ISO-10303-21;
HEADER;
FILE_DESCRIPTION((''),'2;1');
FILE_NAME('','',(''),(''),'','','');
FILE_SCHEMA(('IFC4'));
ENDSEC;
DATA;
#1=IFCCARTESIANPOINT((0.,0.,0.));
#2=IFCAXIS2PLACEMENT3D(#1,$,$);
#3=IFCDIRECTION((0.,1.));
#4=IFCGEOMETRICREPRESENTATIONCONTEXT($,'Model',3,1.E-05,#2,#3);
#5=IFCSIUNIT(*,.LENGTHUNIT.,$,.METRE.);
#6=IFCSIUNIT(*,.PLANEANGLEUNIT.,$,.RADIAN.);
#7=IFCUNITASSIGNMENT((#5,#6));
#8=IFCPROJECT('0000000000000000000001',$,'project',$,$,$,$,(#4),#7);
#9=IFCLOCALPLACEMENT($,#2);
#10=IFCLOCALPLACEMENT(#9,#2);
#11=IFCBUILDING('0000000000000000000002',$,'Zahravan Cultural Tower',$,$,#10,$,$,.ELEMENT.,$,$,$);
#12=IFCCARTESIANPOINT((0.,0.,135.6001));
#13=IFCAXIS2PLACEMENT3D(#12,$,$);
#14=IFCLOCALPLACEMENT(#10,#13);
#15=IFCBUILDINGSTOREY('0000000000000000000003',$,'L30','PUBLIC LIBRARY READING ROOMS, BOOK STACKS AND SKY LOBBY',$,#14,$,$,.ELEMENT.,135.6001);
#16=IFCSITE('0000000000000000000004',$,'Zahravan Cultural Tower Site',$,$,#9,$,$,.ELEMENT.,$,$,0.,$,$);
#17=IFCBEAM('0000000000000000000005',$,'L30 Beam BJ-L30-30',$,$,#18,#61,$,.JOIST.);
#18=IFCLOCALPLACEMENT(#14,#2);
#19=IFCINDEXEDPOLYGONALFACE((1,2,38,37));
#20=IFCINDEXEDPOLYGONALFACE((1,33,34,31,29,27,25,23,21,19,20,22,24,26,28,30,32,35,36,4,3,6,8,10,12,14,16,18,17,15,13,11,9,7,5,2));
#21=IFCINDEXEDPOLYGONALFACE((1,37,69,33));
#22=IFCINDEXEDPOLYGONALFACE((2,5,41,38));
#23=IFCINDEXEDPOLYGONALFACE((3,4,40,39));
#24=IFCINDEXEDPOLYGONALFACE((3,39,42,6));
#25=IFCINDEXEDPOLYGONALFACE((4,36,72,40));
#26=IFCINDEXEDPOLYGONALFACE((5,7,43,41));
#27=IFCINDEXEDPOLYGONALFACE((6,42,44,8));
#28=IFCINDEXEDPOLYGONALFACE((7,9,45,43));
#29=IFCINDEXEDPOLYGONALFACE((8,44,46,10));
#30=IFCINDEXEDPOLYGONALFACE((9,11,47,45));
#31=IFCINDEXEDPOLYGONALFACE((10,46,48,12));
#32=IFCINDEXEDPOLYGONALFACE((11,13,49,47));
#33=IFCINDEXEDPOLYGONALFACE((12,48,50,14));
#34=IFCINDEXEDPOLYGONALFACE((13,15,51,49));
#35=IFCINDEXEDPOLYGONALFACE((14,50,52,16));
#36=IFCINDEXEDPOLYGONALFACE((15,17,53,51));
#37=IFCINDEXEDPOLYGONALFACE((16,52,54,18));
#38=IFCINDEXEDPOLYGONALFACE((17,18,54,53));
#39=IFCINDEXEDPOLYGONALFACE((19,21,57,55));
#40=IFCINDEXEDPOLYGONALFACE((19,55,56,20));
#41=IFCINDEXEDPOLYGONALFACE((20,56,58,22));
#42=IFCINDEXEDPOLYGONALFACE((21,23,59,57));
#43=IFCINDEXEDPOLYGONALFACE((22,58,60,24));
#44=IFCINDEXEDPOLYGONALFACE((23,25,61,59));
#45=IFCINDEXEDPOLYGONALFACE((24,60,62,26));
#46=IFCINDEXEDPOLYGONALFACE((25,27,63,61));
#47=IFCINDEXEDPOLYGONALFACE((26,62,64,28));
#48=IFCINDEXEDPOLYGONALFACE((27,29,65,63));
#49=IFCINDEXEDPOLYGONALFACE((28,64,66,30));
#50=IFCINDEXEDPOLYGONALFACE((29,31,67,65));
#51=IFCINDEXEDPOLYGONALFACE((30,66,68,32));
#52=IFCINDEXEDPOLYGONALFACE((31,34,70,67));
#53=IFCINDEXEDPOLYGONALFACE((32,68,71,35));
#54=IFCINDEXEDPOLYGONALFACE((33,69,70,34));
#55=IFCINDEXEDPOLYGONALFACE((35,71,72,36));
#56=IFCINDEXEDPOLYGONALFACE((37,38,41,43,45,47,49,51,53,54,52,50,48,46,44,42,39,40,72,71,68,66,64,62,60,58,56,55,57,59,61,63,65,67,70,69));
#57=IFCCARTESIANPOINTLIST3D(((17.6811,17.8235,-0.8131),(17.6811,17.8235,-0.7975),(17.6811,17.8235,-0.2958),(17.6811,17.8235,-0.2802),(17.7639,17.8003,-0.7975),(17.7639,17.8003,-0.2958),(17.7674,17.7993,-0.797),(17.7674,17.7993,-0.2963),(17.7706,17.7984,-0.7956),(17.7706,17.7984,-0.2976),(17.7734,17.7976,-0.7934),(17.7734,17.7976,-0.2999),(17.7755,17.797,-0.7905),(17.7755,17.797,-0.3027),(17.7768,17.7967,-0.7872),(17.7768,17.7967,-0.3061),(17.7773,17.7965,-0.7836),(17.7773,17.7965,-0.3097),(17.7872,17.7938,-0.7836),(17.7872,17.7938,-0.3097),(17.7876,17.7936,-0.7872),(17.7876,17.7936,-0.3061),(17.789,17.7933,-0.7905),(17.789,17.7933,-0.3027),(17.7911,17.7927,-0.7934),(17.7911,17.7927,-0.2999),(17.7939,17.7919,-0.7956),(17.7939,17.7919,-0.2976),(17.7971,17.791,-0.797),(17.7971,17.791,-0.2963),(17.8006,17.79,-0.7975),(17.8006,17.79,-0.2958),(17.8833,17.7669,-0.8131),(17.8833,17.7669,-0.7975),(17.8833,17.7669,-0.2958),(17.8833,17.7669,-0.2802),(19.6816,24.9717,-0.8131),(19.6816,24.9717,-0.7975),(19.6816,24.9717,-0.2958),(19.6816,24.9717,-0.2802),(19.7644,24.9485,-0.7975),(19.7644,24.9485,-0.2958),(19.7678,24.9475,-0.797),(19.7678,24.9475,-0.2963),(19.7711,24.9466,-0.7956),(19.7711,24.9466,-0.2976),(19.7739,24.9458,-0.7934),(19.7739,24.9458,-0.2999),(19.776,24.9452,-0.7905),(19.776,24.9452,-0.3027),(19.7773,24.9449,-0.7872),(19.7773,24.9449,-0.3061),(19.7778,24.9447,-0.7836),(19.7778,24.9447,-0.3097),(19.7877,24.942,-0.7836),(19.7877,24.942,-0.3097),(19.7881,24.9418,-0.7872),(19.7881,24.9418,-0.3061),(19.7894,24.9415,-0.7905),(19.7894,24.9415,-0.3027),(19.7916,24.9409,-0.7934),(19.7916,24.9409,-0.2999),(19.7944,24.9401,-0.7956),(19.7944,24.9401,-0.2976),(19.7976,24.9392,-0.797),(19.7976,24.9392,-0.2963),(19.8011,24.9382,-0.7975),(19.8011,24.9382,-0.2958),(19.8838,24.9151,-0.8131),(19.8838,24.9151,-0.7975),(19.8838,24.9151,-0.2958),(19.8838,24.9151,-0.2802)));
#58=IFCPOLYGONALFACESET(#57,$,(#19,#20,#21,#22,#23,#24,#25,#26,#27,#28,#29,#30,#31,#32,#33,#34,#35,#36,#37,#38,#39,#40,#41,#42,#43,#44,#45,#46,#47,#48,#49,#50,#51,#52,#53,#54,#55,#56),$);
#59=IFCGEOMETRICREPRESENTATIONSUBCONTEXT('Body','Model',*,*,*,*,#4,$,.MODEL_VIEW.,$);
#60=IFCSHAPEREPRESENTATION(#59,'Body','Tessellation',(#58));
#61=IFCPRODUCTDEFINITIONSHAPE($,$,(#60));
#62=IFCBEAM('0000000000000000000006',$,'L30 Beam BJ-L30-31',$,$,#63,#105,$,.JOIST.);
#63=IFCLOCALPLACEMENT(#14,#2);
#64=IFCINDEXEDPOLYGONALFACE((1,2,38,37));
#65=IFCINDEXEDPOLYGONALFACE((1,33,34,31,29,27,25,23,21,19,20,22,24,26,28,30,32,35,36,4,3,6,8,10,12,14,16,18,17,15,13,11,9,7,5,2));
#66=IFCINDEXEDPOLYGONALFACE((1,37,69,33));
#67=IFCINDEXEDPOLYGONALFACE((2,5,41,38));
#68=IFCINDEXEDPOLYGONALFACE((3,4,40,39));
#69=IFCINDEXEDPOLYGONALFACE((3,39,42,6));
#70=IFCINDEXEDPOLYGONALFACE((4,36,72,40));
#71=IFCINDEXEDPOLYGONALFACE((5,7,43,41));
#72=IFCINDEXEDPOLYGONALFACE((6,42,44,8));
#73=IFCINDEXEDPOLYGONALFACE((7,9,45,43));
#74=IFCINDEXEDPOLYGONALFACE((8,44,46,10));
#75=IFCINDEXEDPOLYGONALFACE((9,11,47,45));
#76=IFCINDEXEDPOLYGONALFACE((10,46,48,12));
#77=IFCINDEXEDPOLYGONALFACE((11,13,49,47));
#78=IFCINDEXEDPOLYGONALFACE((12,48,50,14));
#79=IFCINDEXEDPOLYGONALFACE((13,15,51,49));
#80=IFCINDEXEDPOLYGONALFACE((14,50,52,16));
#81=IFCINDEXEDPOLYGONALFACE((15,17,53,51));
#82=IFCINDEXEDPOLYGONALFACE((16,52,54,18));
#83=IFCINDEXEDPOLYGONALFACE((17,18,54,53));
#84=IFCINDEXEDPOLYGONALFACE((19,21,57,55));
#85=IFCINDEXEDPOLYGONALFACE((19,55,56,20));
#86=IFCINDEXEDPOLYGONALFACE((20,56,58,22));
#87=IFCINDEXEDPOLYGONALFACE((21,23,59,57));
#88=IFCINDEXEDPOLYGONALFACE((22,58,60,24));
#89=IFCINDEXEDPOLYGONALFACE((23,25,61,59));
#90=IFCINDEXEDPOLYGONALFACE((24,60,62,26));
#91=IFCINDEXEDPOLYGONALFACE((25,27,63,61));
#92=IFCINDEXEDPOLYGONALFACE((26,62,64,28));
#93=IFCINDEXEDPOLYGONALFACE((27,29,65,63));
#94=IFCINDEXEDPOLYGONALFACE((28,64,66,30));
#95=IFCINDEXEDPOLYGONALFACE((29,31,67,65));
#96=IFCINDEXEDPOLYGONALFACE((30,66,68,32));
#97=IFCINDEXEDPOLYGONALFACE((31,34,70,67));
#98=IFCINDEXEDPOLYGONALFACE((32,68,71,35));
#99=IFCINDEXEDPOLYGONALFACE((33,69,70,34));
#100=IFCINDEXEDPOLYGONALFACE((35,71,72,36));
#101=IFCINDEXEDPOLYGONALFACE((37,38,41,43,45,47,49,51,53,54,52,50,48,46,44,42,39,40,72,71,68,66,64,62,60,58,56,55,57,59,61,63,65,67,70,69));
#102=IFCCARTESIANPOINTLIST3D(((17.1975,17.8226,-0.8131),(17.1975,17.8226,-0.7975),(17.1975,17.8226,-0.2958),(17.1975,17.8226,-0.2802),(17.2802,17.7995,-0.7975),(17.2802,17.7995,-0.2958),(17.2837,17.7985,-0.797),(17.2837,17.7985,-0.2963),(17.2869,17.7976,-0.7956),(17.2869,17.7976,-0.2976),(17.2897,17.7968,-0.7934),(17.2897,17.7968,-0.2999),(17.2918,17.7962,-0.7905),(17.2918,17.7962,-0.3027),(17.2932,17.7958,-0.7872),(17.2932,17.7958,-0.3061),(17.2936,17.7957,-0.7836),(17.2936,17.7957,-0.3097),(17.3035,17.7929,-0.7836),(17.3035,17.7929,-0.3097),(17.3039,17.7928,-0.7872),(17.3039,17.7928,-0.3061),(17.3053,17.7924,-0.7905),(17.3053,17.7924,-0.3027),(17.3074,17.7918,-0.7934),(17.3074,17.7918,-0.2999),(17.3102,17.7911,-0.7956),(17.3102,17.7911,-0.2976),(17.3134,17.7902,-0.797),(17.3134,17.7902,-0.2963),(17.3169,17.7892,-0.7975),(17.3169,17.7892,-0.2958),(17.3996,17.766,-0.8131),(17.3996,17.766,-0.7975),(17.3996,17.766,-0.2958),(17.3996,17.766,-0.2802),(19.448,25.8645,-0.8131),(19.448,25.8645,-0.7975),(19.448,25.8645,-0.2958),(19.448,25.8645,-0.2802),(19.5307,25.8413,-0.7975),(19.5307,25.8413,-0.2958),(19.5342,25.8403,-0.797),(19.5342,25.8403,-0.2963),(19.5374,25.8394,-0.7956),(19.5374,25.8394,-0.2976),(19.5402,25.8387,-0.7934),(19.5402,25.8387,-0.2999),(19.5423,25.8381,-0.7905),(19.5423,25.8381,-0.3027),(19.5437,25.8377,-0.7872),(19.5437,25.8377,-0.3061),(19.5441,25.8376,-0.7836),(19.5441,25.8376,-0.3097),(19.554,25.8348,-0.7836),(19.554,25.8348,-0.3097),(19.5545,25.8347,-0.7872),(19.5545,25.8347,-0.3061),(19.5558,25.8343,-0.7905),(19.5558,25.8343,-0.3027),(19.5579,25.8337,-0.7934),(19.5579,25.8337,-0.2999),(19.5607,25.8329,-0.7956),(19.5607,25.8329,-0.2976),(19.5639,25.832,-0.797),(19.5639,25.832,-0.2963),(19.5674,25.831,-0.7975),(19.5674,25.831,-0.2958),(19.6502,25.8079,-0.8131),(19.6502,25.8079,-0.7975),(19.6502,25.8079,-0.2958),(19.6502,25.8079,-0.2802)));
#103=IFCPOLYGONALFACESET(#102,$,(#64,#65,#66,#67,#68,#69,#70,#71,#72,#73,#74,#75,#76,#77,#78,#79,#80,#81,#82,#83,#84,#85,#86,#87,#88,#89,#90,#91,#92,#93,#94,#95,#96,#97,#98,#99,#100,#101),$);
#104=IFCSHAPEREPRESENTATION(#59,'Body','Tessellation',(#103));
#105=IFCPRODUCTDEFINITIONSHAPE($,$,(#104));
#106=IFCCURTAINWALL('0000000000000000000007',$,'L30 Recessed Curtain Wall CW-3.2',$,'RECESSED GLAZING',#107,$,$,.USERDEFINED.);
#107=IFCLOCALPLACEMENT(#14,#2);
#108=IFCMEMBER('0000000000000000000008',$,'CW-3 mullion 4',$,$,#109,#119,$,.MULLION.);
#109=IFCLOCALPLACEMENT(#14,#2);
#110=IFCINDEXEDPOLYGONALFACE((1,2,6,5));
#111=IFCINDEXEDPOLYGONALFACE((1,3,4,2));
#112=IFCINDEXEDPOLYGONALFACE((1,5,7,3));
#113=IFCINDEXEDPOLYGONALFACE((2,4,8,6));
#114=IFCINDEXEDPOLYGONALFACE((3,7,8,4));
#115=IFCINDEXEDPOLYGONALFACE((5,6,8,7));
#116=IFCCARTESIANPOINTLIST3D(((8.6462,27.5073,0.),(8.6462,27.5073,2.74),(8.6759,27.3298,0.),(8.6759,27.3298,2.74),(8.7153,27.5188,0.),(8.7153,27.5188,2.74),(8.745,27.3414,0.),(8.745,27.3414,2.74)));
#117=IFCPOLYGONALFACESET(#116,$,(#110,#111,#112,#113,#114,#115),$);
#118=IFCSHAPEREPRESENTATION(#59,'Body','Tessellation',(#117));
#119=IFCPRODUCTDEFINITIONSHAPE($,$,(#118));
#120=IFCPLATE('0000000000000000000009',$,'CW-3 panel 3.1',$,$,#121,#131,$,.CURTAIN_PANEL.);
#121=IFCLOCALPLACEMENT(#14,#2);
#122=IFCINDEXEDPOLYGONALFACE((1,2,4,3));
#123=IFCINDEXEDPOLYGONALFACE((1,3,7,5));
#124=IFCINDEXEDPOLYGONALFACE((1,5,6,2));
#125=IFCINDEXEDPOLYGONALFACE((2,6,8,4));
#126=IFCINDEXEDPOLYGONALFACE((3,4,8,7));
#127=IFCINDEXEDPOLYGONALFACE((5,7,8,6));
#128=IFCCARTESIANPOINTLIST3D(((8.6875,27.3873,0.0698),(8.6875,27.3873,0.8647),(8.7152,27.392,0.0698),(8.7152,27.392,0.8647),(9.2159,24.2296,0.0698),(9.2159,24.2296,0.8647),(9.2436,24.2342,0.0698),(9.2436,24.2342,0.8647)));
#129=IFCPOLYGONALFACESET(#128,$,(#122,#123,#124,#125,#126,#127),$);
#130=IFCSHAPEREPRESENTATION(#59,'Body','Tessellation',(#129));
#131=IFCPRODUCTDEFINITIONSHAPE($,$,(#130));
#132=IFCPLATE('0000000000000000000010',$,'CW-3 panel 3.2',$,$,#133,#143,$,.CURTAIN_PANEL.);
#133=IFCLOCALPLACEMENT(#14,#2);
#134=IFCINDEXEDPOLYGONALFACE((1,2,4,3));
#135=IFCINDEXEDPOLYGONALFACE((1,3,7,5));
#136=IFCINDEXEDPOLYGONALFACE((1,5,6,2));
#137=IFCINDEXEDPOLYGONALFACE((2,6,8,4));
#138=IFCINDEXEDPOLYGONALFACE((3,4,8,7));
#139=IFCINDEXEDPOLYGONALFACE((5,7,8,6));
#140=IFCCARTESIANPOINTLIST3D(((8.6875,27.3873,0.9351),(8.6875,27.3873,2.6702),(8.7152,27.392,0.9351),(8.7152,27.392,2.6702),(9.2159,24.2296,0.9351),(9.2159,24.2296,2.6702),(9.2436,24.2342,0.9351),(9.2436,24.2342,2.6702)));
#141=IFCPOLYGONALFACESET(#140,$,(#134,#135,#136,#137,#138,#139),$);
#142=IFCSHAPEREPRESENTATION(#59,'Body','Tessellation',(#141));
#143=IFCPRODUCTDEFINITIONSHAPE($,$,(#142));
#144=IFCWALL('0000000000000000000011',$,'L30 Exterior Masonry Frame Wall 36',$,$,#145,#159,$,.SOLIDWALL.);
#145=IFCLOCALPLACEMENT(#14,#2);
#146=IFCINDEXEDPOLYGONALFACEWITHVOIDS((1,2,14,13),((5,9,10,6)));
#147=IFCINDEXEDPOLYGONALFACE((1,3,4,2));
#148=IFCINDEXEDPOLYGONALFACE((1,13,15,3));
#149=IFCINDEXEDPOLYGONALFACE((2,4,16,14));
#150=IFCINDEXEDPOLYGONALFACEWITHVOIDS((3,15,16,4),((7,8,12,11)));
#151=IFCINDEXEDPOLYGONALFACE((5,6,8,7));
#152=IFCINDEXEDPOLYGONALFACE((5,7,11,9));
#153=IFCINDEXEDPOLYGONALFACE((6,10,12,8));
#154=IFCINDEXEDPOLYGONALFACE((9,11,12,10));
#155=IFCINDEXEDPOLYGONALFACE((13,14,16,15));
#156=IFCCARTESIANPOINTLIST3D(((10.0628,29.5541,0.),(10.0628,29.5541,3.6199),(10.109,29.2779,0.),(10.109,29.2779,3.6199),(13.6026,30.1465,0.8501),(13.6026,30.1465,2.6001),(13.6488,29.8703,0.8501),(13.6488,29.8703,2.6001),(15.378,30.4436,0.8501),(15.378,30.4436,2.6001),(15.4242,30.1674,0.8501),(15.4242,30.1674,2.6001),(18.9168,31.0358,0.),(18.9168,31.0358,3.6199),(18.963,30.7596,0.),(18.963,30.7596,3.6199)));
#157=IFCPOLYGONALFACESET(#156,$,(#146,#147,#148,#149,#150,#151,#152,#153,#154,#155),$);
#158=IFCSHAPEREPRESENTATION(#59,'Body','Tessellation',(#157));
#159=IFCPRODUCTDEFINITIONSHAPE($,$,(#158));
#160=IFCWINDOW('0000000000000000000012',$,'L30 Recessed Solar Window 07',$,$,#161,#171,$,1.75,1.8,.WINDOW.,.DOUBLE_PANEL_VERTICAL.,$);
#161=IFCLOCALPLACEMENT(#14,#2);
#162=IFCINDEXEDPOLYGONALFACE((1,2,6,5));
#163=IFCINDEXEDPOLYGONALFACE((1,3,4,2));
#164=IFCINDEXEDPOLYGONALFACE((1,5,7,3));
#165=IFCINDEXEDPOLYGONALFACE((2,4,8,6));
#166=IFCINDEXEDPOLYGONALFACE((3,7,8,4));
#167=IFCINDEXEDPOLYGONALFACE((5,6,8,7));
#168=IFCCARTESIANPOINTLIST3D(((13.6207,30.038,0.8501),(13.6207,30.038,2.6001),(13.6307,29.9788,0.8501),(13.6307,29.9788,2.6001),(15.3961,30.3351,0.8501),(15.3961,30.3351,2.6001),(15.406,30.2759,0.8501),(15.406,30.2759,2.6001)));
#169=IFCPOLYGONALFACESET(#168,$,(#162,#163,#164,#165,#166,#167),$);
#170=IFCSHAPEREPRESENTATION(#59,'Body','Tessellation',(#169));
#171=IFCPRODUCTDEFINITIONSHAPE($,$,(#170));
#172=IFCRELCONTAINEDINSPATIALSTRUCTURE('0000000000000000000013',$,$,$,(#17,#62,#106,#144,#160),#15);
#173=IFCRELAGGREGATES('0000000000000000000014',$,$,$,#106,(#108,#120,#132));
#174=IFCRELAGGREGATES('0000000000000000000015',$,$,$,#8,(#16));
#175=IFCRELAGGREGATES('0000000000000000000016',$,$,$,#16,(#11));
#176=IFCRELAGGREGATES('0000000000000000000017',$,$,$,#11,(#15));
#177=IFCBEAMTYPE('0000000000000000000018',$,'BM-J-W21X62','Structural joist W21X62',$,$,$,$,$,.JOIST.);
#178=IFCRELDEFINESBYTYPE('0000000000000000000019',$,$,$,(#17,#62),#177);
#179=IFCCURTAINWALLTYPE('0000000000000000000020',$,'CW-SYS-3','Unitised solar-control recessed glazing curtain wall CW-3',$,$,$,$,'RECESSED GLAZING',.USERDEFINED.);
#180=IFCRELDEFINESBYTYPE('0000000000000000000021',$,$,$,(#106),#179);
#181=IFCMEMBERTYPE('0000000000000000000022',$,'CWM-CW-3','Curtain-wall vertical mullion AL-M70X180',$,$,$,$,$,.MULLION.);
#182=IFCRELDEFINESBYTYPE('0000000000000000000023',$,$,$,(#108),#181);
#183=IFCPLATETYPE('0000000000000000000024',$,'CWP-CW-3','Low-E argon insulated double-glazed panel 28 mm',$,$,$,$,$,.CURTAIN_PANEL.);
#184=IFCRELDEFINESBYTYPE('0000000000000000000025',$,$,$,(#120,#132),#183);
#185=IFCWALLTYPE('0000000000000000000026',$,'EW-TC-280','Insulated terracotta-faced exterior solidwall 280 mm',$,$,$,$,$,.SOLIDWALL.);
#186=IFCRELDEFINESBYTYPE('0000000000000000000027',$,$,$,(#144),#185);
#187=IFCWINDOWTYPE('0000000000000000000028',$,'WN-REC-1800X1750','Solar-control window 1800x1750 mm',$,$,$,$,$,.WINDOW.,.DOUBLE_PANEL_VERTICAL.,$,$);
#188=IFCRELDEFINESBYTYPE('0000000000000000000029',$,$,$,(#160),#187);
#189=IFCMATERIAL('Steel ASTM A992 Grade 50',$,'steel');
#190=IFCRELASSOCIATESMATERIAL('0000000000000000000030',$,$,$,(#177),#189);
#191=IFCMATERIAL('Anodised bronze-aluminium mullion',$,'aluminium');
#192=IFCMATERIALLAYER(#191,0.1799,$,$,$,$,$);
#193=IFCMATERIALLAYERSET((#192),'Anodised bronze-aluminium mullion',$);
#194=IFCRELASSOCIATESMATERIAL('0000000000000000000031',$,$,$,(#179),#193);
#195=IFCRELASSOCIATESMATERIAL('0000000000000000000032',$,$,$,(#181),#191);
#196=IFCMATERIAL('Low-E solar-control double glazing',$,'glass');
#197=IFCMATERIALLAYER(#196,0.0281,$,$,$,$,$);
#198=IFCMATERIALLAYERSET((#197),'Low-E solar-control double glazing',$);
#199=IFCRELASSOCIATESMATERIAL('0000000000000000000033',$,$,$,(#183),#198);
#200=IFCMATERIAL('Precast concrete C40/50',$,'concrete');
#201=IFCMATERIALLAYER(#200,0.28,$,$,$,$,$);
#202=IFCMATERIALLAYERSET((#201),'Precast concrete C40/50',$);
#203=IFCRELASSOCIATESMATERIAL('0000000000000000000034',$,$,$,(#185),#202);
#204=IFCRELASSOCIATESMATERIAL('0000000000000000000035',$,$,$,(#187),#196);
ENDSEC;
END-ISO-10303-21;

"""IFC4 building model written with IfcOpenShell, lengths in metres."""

from ifc_helpers import new_model, si_unit, direction, frame, frame_2d, origin, origin_2d, place, context, subcontext, project, spatial, rectangle, i_section, extrude, source, transform, mapped, material, layer, layer_set, material_profile, profile_set, type_object, element, fill, aggregate, save


model = new_model("IFC4")

# Units and contexts
model_context = context("Model", 3, precision=1e-05, world=origin(), true_north=direction((0.0, 1.0)))
body_context = subcontext(model_context, "Body", "Model", "MODEL_VIEW")
ifc_project = project(units=[si_unit("LENGTHUNIT", "METRE"), si_unit("PLANEANGLEUNIT", "RADIAN")], contexts=[model_context])

# Site, building, storey
site_placement = place(None, origin())
site = spatial("IfcSite", under=ifc_project, at=site_placement, Name="Zahravan Cultural Tower Site", CompositionType="ELEMENT", RefElevation=0.0)
building_placement = place(site_placement, origin())
building = spatial("IfcBuilding", under=site, at=building_placement, Name="Zahravan Cultural Tower", CompositionType="ELEMENT")
storey_placement = place(building_placement, frame((0.0, 0.0, 135.6001)))
storey = spatial("IfcBuildingStorey", under=building, at=storey_placement, Name="L30", Description="PUBLIC LIBRARY READING ROOMS, BOOK STACKS AND SKY LOBBY", CompositionType="ELEMENT", Elevation=135.6001)

# Shared definitions
ifc_material_1 = material(Name="Steel ASTM A992 Grade 50", Category="steel")

# Beams
ifc_material_profile_1 = material_profile(ifc_material_1, i_section(OverallWidth=0.21, OverallDepth=0.533, WebThickness=0.0103, FlangeThickness=0.0156, FilletRadius=0.0139, at=origin_2d()), Name="W21X62")
ifc_profile_set_1 = profile_set([ifc_material_profile_1], Name="Steel ASTM A992 Grade 50")
beam_type_1 = type_object("IfcBeamType", Name="BM-J-W21X62", Description="Structural joist W21X62", PredefinedType="JOIST", material=ifc_profile_set_1)
shared_shape_1 = source(origin(), body_context, "Body", "SweptSolid", [
    extrude(i_section(OverallWidth=0.21, OverallDepth=0.533, WebThickness=0.0103, FlangeThickness=0.0156, FilletRadius=0.0139, at=origin_2d()), origin(), (0.0, 0.0, 1.0), 7.4229),
])
beam_1_placement = place(storey_placement, frame((19.7827, 24.9434, -0.5466), z_axis=(-0.269504, -0.962999, 0.0), x_axis=(0.962999, -0.269504, 0.0)))
element("IfcBeam", 1, at=beam_1_placement, inside=storey, type_object=beam_type_1, Name="L30 Beam BJ-L30-30", PredefinedType="JOIST", context=body_context, shape_type="MappedRepresentation", body=[
    mapped(shared_shape_1, transform((0.0, 0.0, 0.0), x_axis=(1.0, 0.0, 0.0), y_axis=(0.0, 1.0, 0.0), z_axis=(0.0, 0.0, 1.0), scale=1.0)),
])
shared_shape_2 = source(origin(), body_context, "Body", "SweptSolid", [
    extrude(i_section(OverallWidth=0.21, OverallDepth=0.533, WebThickness=0.0103, FlangeThickness=0.0156, FilletRadius=0.0139, at=origin_2d()), origin(), (0.0, 0.0, 1.0), 8.3508),
])
beam_2_placement = place(storey_placement, frame((19.5491, 25.8362, -0.5466), z_axis=(-0.269497, -0.963001, 0.0), x_axis=(0.963001, -0.269497, 0.0)))
element("IfcBeam", 2, at=beam_2_placement, inside=storey, type_object=beam_type_1, Name="L30 Beam BJ-L30-31", PredefinedType="JOIST", context=body_context, shape_type="MappedRepresentation", body=[
    mapped(shared_shape_2, transform((0.0, 0.0, 0.0), x_axis=(1.0, 0.0, 0.0), y_axis=(0.0, 1.0, 0.0), z_axis=(0.0, 0.0, 1.0), scale=1.0)),
])

# Curtain wall, member, plates
ifc_material_2 = material(Name="Anodised bronze-aluminium mullion", Category="aluminium")
ifc_layer_1 = layer(ifc_material_2, 0.1799)
ifc_layer_set_1 = layer_set([ifc_layer_1], Name="Anodised bronze-aluminium mullion")
curtain_wall_type = type_object("IfcCurtainWallType", Name="CW-SYS-3", Description="Unitised solar-control recessed glazing curtain wall CW-3", ElementType="RECESSED GLAZING", PredefinedType="USERDEFINED", material=ifc_layer_set_1)
curtain_wall_placement = place(storey_placement, origin())
curtain_wall = element("IfcCurtainWall", 3, at=curtain_wall_placement, inside=storey, type_object=curtain_wall_type, Name="L30 Recessed Curtain Wall CW-3.2", ObjectType="RECESSED GLAZING", PredefinedType="USERDEFINED")
ifc_material_profile_2 = material_profile(ifc_material_2, rectangle(XDim=0.0701, YDim=0.1799, at=origin_2d()), Name="AL-M70X180")
ifc_profile_set_2 = profile_set([ifc_material_profile_2], Name="Anodised bronze-aluminium mullion")
member_type = type_object("IfcMemberType", Name="CWM-CW-3", Description="Curtain-wall vertical mullion AL-M70X180", PredefinedType="MULLION", material=ifc_profile_set_2)
shared_shape_3 = source(origin(), body_context, "Body", "SweptSolid", [
    extrude(rectangle(XDim=0.0701, YDim=0.1799, at=origin_2d()), origin(), (0.0, 0.0, 1.0), 2.74),
])
member_placement = place(storey_placement, frame((8.6956, 27.4243, 0.0), z_axis=(0.0, 0.0, 1.0), x_axis=(-0.986285, -0.165051, 0.0)))
member = element("IfcMember", 4, at=member_placement, type_object=member_type, Name="CW-3 mullion 4", PredefinedType="MULLION", context=body_context, shape_type="MappedRepresentation", body=[
    mapped(shared_shape_3, transform((0.0, 0.0, 0.0), x_axis=(1.0, 0.0, 0.0), y_axis=(0.0, 1.0, 0.0), z_axis=(0.0, 0.0, 1.0), scale=1.0)),
])
ifc_material_3 = material(Name="Low-E solar-control double glazing", Category="glass")
ifc_layer_2 = layer(ifc_material_3, 0.0281)
ifc_layer_set_2 = layer_set([ifc_layer_2], Name="Low-E solar-control double glazing")
plate_type = type_object("IfcPlateType", Name="CWP-CW-3", Description="Low-E argon insulated double-glazed panel 28 mm", PredefinedType="CURTAIN_PANEL", material=ifc_layer_set_2)
shared_shape_4 = source(origin(), body_context, "Body", "SweptSolid", [
    extrude(rectangle(XDim=3.2017, YDim=0.0281, at=origin_2d()), origin(), (0.0, 0.0, 1.0), 0.7949),
])
plate_1_placement = place(storey_placement, frame((8.9656, 25.8108, 0.0698), z_axis=(0.0, 0.0, 1.0), x_axis=(-0.165051, 0.986285, 0.0)))
plate_1 = element("IfcPlate", 5, at=plate_1_placement, type_object=plate_type, Name="CW-3 panel 3.1", PredefinedType="CURTAIN_PANEL", context=body_context, shape_type="MappedRepresentation", body=[
    mapped(shared_shape_4, transform((0.0, 0.0, 0.0), x_axis=(1.0, 0.0, 0.0), y_axis=(0.0, 1.0, 0.0), z_axis=(0.0, 0.0, 1.0), scale=1.0)),
])
shared_shape_5 = source(origin(), body_context, "Body", "SweptSolid", [
    extrude(rectangle(XDim=3.2017, YDim=0.0281, at=origin_2d()), origin(), (0.0, 0.0, 1.0), 1.7351),
])
plate_2_placement = place(storey_placement, frame((8.9656, 25.8108, 0.9351), z_axis=(0.0, 0.0, 1.0), x_axis=(-0.165051, 0.986285, 0.0)))
plate_2 = element("IfcPlate", 6, at=plate_2_placement, type_object=plate_type, Name="CW-3 panel 3.2", PredefinedType="CURTAIN_PANEL", context=body_context, shape_type="MappedRepresentation", body=[
    mapped(shared_shape_5, transform((0.0, 0.0, 0.0), x_axis=(1.0, 0.0, 0.0), y_axis=(0.0, 1.0, 0.0), z_axis=(0.0, 0.0, 1.0), scale=1.0)),
])
aggregate(curtain_wall, [member, plate_1, plate_2])

# Wall, opening, window
ifc_material_4 = material(Name="Precast concrete C40/50", Category="concrete")
ifc_layer_3 = layer(ifc_material_4, 0.28)
ifc_layer_set_3 = layer_set([ifc_layer_3], Name="Precast concrete C40/50")
wall_type_1 = type_object("IfcWallType", Name="EW-TC-280", Description="Insulated terracotta-faced exterior solidwall 280 mm", PredefinedType="SOLIDWALL", material=ifc_layer_set_3)
wall_1_placement = place(storey_placement, frame((10.0859, 29.416, 0.0), z_axis=(0.0, 0.0, 1.0), x_axis=(0.986285, 0.165052, 0.0)))
wall_1 = element("IfcWall", 7, at=wall_1_placement, inside=storey, type_object=wall_type_1, Name="L30 Exterior Masonry Frame Wall 36", PredefinedType="SOLIDWALL", context=body_context, shape_type="SweptSolid", body=[
    extrude(rectangle(XDim=8.9771, YDim=0.28, at=frame_2d((4.4885, 0.0))), origin(), (0.0, 0.0, 1.0), 3.6199),
])
opening_1_placement = place(wall_1_placement, frame((3.5891, 0.0, 0.8501)))
opening_1 = element("IfcOpeningElement", 8, at=opening_1_placement, cuts=wall_1, PredefinedType="OPENING", context=body_context, shape_type="SweptSolid", body=[
    extrude(rectangle(XDim=1.8, YDim=1.75, at=frame_2d((0.8999, 0.875))), frame((0.0, 0.1499, 0.0), z_axis=(0.0, -1.0, 0.0), x_axis=(1.0, 0.0, 0.0)), (0.0, 0.0, 1.0), 0.3),
])
window_type = type_object("IfcWindowType", Name="WN-REC-1800X1750", Description="Solar-control window 1800x1750 mm", PartitioningType="DOUBLE_PANEL_VERTICAL", PredefinedType="WINDOW", material=ifc_material_3)
shared_shape_6 = source(origin(), body_context, "Body", "SweptSolid", [
    extrude(rectangle(XDim=1.8, YDim=1.75, at=frame_2d((0.8999, 0.875))), frame((0.0, 0.03, 0.0), z_axis=(0.0, -1.0, 0.0), x_axis=(1.0, 0.0, 0.0)), (0.0, 0.0, 1.0), 0.0601),
])
window_placement = place(opening_1_placement, origin())
window = element("IfcWindow", 9, at=window_placement, inside=storey, type_object=window_type, Name="L30 Recessed Solar Window 07", OverallHeight=1.75, OverallWidth=1.8, PartitioningType="DOUBLE_PANEL_VERTICAL", PredefinedType="WINDOW", context=body_context, shape_type="MappedRepresentation", body=[
    mapped(shared_shape_6, transform((0.0, 0.0, 0.0), x_axis=(1.0, 0.0, 0.0), y_axis=(0.0, 1.0, 0.0), z_axis=(0.0, 0.0, 1.0), scale=1.0)),
])
fill(opening_1, window)

save(model, "model.ifc")
